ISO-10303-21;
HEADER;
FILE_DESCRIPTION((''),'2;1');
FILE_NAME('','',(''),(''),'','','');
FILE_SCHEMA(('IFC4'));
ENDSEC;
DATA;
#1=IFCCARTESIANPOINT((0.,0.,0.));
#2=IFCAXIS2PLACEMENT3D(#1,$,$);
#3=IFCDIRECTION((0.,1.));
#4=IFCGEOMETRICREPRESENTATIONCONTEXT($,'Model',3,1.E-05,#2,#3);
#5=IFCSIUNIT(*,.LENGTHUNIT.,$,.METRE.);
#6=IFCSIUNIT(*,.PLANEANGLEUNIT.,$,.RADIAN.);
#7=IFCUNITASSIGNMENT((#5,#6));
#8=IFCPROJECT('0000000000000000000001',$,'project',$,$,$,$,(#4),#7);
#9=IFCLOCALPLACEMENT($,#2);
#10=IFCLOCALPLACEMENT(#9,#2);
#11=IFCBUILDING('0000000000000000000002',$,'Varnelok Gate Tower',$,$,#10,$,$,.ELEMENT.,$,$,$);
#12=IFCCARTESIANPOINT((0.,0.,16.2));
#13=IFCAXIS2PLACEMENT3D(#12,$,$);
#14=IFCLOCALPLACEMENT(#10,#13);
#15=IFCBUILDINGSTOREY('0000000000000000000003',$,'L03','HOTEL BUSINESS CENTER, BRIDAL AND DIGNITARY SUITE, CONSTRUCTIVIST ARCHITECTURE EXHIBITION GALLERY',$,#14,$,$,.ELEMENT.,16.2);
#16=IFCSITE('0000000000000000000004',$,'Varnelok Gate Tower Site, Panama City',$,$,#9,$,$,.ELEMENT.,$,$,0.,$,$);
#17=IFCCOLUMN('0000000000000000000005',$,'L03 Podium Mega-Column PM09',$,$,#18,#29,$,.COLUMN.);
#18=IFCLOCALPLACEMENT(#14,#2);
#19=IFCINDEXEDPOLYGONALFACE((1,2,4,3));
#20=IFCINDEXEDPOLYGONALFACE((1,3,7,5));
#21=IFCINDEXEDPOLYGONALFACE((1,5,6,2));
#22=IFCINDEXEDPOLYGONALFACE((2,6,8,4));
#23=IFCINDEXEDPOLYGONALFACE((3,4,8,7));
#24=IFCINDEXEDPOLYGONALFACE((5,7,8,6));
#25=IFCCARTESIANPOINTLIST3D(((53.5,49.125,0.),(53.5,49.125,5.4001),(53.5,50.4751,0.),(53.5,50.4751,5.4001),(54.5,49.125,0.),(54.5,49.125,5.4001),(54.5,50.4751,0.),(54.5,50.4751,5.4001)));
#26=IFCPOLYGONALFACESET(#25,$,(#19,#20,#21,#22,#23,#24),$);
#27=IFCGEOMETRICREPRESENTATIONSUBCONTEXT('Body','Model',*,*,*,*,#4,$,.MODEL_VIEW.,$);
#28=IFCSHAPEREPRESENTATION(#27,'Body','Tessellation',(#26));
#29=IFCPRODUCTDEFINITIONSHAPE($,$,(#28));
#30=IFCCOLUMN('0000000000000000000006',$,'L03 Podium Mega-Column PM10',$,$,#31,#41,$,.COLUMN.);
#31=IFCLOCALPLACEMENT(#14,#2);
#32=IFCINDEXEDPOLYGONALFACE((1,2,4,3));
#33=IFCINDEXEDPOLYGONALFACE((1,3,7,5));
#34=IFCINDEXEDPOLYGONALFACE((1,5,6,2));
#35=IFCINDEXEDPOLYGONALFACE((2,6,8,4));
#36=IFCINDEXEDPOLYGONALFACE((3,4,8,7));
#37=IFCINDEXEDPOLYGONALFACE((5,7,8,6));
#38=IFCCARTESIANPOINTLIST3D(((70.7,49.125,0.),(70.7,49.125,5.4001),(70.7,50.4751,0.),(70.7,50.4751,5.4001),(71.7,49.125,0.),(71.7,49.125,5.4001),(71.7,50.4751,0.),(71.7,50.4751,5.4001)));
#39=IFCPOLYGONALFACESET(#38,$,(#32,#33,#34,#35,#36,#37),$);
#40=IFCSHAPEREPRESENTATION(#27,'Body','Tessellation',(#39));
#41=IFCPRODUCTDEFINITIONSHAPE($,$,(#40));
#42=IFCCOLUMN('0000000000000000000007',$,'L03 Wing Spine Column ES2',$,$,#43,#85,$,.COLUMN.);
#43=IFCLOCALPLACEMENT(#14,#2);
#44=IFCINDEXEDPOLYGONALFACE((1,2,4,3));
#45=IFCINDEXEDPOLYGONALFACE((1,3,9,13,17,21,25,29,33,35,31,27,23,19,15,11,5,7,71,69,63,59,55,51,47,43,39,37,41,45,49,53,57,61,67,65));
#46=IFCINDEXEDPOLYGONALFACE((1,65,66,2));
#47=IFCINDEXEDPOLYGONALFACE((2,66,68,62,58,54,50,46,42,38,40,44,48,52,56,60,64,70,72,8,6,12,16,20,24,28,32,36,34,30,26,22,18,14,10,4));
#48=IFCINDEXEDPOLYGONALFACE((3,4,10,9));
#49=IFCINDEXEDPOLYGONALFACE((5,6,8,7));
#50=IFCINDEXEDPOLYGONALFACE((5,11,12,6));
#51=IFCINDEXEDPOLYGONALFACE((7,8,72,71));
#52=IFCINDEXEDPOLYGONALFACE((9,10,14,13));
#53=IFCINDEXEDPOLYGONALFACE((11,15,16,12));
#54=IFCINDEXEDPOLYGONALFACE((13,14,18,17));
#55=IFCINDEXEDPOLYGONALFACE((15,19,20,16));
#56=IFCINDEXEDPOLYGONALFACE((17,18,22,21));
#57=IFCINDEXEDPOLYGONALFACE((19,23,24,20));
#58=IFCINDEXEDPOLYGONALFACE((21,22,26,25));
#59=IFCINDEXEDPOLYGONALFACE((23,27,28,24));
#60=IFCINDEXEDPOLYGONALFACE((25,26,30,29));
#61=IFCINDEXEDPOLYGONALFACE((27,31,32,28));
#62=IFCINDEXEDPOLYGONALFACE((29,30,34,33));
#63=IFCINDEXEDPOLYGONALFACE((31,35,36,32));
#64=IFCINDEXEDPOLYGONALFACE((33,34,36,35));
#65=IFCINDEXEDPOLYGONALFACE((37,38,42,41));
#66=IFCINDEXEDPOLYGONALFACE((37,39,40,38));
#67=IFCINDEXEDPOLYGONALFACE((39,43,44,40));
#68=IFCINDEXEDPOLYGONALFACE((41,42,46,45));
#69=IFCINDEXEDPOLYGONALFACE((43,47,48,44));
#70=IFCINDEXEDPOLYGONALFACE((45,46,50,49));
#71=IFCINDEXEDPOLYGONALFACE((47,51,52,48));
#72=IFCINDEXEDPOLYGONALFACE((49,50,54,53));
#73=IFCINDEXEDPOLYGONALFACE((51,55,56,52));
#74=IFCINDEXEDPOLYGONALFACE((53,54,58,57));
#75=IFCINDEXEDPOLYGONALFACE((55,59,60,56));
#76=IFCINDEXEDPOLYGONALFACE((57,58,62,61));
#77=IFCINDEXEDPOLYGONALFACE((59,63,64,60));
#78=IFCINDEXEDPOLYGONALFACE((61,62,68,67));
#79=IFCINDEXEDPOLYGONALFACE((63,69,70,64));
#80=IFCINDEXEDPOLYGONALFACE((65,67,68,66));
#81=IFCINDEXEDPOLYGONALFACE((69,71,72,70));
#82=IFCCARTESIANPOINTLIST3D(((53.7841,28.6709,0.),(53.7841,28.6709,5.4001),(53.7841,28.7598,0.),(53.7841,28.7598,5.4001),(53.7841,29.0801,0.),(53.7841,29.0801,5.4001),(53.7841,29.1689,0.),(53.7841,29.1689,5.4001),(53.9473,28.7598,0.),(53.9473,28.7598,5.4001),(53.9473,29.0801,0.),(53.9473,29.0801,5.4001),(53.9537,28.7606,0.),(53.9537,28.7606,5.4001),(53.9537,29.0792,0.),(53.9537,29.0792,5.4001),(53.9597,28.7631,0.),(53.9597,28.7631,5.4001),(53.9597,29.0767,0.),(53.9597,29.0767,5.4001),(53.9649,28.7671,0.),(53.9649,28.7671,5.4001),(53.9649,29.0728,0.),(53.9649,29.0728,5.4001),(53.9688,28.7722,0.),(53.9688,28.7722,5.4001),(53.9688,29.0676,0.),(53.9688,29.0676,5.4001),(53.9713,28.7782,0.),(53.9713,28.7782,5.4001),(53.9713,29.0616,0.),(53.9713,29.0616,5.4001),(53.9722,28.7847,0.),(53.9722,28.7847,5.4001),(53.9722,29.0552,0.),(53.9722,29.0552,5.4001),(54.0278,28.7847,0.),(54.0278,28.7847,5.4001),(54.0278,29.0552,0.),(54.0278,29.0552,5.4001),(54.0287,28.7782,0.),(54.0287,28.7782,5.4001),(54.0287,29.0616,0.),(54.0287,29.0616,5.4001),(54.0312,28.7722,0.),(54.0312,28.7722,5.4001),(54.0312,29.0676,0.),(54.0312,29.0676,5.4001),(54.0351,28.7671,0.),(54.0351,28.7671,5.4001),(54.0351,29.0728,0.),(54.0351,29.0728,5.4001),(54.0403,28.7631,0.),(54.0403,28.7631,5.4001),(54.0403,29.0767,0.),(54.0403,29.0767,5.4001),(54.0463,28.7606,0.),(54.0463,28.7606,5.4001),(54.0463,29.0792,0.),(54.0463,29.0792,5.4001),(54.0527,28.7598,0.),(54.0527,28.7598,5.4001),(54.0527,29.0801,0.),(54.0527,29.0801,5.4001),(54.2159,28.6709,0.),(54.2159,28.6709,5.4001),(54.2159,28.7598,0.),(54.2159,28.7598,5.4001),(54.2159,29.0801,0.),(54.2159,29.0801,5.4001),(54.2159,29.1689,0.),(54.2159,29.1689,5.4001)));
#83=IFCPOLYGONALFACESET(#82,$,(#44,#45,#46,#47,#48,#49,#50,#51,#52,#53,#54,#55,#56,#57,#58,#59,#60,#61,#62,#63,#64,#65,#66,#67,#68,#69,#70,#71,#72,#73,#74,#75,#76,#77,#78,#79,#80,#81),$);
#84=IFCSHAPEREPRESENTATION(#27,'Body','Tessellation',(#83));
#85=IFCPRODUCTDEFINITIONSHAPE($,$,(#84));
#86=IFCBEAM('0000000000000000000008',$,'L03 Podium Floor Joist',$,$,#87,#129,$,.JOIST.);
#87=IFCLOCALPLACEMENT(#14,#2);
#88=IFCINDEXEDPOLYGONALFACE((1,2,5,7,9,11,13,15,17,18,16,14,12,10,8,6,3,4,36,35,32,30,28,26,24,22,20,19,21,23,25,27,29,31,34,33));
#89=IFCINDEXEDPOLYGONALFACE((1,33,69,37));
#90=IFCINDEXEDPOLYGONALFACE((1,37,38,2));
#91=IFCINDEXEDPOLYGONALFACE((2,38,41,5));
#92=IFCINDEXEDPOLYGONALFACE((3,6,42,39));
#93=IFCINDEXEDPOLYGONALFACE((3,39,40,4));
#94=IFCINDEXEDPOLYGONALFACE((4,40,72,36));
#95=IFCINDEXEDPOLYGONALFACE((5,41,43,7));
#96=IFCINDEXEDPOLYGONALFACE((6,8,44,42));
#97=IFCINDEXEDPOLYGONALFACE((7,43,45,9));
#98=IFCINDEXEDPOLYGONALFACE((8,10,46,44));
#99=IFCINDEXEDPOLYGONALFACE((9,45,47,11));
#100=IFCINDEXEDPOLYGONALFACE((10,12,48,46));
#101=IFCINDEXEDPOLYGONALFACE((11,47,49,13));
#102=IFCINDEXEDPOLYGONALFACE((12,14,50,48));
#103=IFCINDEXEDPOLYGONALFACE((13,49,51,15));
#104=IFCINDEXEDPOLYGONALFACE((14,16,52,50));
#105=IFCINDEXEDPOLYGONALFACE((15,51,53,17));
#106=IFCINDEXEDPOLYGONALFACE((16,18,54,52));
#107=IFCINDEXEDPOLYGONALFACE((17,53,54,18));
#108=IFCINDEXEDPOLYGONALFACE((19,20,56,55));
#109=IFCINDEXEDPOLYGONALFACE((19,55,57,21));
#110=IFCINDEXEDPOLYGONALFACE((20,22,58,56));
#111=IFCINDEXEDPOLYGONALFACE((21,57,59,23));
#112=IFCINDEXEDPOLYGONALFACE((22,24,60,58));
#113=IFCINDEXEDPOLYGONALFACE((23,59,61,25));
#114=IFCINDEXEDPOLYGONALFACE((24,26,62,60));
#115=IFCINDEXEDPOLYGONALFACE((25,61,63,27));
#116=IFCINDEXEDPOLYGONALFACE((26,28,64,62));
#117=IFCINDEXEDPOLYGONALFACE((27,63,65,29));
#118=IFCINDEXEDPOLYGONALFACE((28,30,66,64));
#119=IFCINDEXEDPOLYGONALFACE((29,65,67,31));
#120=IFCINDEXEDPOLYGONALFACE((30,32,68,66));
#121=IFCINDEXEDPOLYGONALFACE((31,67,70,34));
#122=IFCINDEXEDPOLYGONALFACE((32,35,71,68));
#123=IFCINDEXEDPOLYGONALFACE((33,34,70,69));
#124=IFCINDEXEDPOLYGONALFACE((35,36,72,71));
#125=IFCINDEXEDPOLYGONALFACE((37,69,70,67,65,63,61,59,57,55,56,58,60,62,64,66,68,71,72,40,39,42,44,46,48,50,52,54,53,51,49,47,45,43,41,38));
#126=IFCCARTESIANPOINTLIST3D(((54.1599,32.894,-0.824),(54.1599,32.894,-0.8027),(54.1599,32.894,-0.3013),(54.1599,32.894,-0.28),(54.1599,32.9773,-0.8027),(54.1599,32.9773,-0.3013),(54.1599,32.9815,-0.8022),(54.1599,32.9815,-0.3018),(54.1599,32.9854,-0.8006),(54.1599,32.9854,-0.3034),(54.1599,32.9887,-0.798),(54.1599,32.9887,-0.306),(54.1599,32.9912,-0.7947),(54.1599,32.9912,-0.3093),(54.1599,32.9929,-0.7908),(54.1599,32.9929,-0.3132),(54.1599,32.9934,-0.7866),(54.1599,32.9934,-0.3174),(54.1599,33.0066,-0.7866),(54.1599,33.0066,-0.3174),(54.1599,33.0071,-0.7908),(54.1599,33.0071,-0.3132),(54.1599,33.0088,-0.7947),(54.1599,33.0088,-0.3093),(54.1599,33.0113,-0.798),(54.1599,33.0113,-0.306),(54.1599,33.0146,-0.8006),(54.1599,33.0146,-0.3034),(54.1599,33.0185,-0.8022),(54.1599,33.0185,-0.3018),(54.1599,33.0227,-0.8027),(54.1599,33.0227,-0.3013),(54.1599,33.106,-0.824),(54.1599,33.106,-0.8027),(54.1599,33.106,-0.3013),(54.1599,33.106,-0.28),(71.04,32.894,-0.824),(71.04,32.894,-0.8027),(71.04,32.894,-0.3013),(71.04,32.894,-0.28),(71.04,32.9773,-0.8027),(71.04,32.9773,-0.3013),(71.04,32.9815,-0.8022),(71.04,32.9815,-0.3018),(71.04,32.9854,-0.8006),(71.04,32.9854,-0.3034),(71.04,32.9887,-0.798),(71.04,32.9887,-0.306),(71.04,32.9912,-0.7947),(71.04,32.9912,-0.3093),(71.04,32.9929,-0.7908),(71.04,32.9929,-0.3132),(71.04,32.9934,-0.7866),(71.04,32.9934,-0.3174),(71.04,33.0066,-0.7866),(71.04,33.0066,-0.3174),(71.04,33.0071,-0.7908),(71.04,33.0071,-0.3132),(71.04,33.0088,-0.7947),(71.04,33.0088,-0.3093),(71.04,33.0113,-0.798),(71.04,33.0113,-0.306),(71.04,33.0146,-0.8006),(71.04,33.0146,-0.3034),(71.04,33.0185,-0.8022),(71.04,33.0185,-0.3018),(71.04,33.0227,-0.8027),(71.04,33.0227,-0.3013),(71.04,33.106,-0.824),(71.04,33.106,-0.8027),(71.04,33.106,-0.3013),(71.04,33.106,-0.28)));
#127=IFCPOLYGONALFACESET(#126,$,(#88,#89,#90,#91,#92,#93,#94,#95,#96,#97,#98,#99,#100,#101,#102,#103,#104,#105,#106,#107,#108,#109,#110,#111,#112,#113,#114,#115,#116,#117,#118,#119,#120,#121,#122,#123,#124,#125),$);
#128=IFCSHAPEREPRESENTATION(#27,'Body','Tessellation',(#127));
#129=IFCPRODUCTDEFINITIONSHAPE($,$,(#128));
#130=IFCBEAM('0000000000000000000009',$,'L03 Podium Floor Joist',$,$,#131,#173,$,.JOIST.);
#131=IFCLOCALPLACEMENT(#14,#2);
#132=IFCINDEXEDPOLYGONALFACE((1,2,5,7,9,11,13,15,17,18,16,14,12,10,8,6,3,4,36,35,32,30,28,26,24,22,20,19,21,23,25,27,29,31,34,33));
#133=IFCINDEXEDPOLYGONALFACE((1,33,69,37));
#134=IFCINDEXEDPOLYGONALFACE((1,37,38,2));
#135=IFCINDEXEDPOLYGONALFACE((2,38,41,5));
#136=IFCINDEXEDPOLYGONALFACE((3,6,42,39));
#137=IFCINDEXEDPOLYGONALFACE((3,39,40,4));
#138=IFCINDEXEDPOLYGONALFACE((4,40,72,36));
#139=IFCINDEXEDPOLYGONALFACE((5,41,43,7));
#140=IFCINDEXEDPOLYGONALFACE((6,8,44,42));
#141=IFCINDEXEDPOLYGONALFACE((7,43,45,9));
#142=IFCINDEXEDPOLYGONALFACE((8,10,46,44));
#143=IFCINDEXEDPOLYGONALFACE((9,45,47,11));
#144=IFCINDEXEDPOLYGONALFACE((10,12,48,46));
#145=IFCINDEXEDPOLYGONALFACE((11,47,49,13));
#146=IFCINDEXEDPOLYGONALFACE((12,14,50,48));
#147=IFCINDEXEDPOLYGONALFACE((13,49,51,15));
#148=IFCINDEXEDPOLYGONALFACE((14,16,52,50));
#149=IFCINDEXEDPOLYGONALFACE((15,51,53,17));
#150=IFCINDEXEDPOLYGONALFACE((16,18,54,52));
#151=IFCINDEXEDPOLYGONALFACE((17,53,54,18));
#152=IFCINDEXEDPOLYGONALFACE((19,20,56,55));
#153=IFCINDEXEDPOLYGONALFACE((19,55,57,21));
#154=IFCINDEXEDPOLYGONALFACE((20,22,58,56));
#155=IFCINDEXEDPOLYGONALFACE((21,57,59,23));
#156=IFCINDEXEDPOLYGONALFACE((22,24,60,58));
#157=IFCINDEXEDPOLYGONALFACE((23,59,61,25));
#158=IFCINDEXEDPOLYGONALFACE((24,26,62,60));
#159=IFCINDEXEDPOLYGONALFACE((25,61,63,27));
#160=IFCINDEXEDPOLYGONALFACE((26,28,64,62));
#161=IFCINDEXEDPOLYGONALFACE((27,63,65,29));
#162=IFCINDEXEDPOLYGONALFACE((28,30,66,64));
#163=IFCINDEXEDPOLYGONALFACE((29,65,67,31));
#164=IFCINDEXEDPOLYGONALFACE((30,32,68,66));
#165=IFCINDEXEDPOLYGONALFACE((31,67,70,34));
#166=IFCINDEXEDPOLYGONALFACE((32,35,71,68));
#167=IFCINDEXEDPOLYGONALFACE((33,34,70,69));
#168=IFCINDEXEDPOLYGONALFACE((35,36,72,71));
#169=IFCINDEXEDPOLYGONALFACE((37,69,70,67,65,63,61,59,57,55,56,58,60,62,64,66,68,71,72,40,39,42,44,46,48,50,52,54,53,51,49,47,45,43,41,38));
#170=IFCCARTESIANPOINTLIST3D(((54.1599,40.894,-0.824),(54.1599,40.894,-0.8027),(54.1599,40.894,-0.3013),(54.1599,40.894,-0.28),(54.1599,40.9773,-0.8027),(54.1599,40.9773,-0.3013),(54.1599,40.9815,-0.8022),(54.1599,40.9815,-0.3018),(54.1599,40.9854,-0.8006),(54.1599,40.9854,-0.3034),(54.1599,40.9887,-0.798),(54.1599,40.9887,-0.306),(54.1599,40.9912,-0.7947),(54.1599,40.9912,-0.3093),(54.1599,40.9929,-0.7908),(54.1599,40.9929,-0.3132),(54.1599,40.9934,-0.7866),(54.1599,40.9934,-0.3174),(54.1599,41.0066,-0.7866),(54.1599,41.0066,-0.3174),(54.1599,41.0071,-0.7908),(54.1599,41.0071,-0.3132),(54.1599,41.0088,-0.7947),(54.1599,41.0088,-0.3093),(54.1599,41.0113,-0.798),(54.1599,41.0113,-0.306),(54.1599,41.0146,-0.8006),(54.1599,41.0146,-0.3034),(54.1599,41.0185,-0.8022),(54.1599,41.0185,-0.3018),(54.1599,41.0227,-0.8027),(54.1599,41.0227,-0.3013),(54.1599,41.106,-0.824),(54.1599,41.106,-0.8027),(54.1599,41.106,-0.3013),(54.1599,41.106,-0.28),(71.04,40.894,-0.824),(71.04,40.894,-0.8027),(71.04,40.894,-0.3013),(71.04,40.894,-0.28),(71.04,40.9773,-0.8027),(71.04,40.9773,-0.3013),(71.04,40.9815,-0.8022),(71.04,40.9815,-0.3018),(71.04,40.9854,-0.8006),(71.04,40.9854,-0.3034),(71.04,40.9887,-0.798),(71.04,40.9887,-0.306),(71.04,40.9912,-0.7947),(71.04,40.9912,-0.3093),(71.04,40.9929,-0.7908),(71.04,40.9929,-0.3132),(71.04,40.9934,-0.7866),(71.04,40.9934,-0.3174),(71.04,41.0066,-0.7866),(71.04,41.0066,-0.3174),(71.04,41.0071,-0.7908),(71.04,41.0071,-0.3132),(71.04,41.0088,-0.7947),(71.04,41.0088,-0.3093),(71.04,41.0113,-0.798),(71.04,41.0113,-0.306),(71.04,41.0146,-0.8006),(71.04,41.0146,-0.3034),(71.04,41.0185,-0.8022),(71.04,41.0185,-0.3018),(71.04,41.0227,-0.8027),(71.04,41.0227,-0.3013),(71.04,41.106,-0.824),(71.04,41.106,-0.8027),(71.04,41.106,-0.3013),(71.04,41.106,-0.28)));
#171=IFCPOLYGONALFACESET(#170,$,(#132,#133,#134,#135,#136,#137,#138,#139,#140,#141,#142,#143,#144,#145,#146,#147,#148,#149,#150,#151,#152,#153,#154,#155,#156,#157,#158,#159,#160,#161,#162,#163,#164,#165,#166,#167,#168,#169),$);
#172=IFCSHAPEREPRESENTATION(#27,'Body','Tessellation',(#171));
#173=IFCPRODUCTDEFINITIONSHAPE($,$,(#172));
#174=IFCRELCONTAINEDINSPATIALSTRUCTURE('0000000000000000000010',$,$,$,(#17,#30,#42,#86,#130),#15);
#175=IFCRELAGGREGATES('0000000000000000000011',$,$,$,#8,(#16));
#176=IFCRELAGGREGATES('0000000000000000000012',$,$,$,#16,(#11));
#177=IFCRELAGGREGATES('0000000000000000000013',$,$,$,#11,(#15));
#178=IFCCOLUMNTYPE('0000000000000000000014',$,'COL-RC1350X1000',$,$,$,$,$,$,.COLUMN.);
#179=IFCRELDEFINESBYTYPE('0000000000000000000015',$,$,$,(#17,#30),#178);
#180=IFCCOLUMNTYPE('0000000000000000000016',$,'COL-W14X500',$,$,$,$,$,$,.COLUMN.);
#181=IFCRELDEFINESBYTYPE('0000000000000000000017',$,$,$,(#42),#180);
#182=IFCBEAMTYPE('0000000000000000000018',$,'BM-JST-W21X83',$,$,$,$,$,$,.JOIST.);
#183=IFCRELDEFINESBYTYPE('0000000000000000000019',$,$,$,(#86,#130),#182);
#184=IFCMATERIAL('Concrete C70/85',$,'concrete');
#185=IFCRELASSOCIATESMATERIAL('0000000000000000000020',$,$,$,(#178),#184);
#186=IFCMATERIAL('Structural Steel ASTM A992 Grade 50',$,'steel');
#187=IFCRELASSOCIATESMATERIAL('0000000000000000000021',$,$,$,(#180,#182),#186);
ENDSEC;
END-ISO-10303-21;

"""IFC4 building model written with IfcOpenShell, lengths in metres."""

from ifc_helpers import new_model, si_unit, direction, frame, origin, origin_2d, place, context, subcontext, project, spatial, rectangle, i_section, extrude, material, material_profile, profile_set, type_object, element, save


model = new_model("IFC4")

# Units and contexts
model_context = context("Model", 3, precision=1e-05, world=origin(), true_north=direction((0.0, 1.0)))
body_context = subcontext(model_context, "Body", "Model", "MODEL_VIEW")
ifc_project = project(units=[si_unit("LENGTHUNIT", "METRE"), si_unit("PLANEANGLEUNIT", "RADIAN")], contexts=[model_context])

# Site, building, storey
site_placement = place(None, origin())
site = spatial("IfcSite", under=ifc_project, at=site_placement, Name="Varnelok Gate Tower Site, Panama City", CompositionType="ELEMENT", RefElevation=0.0)
building_placement = place(site_placement, origin())
building = spatial("IfcBuilding", under=site, at=building_placement, Name="Varnelok Gate Tower", CompositionType="ELEMENT")
storey_placement = place(building_placement, frame((0.0, 0.0, 16.2)))
storey = spatial("IfcBuildingStorey", under=building, at=storey_placement, Name="L03", Description="HOTEL BUSINESS CENTER, BRIDAL AND DIGNITARY SUITE, CONSTRUCTIVIST ARCHITECTURE EXHIBITION GALLERY", CompositionType="ELEMENT", Elevation=16.2)

# Columns
ifc_material_1 = material(Name="Concrete C70/85", Category="concrete")
ifc_material_profile_1 = material_profile(ifc_material_1, rectangle(XDim=1.0, YDim=1.3501, at=origin_2d()), Name="RC1350X1000")
ifc_profile_set_1 = profile_set([ifc_material_profile_1], Name="Concrete C70/85")
column_type_1 = type_object("IfcColumnType", Name="COL-RC1350X1000", PredefinedType="COLUMN", material=ifc_profile_set_1)
for number, where, z_axis, x_axis, name in (
    (1, (54.0, 49.8, 0.0), (0.0, 0.0, 1.0), (1.0, 0.0, 0.0), "L03 Podium Mega-Column PM09"),
    (2, (71.2, 49.8, 0.0), (0.0, 0.0, 1.0), (1.0, 0.0, 0.0), "L03 Podium Mega-Column PM10"),
):
    element("IfcColumn", number, at=place(storey_placement, frame(where, z_axis=z_axis, x_axis=x_axis)), inside=storey, type_object=column_type_1, Name=name, PredefinedType="COLUMN", context=body_context, shape_type="SweptSolid", body=[
        extrude(rectangle(XDim=1.0, YDim=1.3501, at=origin_2d()), origin(), (0.0, 0.0, 1.0), 5.4001),
    ])
ifc_material_2 = material(Name="Structural Steel ASTM A992 Grade 50", Category="steel")
ifc_material_profile_2 = material_profile(ifc_material_2, i_section(OverallWidth=0.4319, OverallDepth=0.498, WebThickness=0.0557, FlangeThickness=0.0889, FilletRadius=0.0249, at=origin_2d()), Name="W14X500")
ifc_profile_set_2 = profile_set([ifc_material_profile_2], Name="Structural Steel ASTM A992 Grade 50")
column_type_2 = type_object("IfcColumnType", Name="COL-W14X500", PredefinedType="COLUMN", material=ifc_profile_set_2)
column_placement = place(storey_placement, frame((54.0, 28.9199, 0.0), z_axis=(0.0, 0.0, 1.0), x_axis=(1.0, 0.0, 0.0)))
element("IfcColumn", 3, at=column_placement, inside=storey, type_object=column_type_2, Name="L03 Wing Spine Column ES2", PredefinedType="COLUMN", context=body_context, shape_type="SweptSolid", body=[
    extrude(i_section(OverallWidth=0.4319, OverallDepth=0.498, WebThickness=0.0557, FlangeThickness=0.0889, FilletRadius=0.0249, at=origin_2d()), origin(), (0.0, 0.0, 1.0), 5.4001),
])

# Beams
ifc_material_profile_3 = material_profile(ifc_material_2, i_section(OverallWidth=0.2119, OverallDepth=0.5439, WebThickness=0.0132, FlangeThickness=0.0212, FilletRadius=0.0161, at=origin_2d()), Name="W21X83")
ifc_profile_set_3 = profile_set([ifc_material_profile_3], Name="Structural Steel ASTM A992 Grade 50")
beam_type_1 = type_object("IfcBeamType", Name="BM-JST-W21X83", PredefinedType="JOIST", material=ifc_profile_set_3)
for number, where, z_axis, x_axis, name in (
    (4, (54.1599, 33.0, -0.552), (1.0, 0.0, 0.0), (0.0, 1.0, 0.0), "L03 Podium Floor Joist"),
    (5, (54.1599, 41.0, -0.552), (1.0, 0.0, 0.0), (0.0, 1.0, 0.0), "L03 Podium Floor Joist"),
):
    element("IfcBeam", number, at=place(storey_placement, frame(where, z_axis=z_axis, x_axis=x_axis)), inside=storey, type_object=beam_type_1, Name=name, PredefinedType="JOIST", context=body_context, shape_type="SweptSolid", body=[
        extrude(i_section(OverallWidth=0.2119, OverallDepth=0.5439, WebThickness=0.0132, FlangeThickness=0.0212, FilletRadius=0.0161, at=origin_2d()), origin(), (0.0, 0.0, 1.0), 16.8801),
    ])

save(model, "model.ifc")
